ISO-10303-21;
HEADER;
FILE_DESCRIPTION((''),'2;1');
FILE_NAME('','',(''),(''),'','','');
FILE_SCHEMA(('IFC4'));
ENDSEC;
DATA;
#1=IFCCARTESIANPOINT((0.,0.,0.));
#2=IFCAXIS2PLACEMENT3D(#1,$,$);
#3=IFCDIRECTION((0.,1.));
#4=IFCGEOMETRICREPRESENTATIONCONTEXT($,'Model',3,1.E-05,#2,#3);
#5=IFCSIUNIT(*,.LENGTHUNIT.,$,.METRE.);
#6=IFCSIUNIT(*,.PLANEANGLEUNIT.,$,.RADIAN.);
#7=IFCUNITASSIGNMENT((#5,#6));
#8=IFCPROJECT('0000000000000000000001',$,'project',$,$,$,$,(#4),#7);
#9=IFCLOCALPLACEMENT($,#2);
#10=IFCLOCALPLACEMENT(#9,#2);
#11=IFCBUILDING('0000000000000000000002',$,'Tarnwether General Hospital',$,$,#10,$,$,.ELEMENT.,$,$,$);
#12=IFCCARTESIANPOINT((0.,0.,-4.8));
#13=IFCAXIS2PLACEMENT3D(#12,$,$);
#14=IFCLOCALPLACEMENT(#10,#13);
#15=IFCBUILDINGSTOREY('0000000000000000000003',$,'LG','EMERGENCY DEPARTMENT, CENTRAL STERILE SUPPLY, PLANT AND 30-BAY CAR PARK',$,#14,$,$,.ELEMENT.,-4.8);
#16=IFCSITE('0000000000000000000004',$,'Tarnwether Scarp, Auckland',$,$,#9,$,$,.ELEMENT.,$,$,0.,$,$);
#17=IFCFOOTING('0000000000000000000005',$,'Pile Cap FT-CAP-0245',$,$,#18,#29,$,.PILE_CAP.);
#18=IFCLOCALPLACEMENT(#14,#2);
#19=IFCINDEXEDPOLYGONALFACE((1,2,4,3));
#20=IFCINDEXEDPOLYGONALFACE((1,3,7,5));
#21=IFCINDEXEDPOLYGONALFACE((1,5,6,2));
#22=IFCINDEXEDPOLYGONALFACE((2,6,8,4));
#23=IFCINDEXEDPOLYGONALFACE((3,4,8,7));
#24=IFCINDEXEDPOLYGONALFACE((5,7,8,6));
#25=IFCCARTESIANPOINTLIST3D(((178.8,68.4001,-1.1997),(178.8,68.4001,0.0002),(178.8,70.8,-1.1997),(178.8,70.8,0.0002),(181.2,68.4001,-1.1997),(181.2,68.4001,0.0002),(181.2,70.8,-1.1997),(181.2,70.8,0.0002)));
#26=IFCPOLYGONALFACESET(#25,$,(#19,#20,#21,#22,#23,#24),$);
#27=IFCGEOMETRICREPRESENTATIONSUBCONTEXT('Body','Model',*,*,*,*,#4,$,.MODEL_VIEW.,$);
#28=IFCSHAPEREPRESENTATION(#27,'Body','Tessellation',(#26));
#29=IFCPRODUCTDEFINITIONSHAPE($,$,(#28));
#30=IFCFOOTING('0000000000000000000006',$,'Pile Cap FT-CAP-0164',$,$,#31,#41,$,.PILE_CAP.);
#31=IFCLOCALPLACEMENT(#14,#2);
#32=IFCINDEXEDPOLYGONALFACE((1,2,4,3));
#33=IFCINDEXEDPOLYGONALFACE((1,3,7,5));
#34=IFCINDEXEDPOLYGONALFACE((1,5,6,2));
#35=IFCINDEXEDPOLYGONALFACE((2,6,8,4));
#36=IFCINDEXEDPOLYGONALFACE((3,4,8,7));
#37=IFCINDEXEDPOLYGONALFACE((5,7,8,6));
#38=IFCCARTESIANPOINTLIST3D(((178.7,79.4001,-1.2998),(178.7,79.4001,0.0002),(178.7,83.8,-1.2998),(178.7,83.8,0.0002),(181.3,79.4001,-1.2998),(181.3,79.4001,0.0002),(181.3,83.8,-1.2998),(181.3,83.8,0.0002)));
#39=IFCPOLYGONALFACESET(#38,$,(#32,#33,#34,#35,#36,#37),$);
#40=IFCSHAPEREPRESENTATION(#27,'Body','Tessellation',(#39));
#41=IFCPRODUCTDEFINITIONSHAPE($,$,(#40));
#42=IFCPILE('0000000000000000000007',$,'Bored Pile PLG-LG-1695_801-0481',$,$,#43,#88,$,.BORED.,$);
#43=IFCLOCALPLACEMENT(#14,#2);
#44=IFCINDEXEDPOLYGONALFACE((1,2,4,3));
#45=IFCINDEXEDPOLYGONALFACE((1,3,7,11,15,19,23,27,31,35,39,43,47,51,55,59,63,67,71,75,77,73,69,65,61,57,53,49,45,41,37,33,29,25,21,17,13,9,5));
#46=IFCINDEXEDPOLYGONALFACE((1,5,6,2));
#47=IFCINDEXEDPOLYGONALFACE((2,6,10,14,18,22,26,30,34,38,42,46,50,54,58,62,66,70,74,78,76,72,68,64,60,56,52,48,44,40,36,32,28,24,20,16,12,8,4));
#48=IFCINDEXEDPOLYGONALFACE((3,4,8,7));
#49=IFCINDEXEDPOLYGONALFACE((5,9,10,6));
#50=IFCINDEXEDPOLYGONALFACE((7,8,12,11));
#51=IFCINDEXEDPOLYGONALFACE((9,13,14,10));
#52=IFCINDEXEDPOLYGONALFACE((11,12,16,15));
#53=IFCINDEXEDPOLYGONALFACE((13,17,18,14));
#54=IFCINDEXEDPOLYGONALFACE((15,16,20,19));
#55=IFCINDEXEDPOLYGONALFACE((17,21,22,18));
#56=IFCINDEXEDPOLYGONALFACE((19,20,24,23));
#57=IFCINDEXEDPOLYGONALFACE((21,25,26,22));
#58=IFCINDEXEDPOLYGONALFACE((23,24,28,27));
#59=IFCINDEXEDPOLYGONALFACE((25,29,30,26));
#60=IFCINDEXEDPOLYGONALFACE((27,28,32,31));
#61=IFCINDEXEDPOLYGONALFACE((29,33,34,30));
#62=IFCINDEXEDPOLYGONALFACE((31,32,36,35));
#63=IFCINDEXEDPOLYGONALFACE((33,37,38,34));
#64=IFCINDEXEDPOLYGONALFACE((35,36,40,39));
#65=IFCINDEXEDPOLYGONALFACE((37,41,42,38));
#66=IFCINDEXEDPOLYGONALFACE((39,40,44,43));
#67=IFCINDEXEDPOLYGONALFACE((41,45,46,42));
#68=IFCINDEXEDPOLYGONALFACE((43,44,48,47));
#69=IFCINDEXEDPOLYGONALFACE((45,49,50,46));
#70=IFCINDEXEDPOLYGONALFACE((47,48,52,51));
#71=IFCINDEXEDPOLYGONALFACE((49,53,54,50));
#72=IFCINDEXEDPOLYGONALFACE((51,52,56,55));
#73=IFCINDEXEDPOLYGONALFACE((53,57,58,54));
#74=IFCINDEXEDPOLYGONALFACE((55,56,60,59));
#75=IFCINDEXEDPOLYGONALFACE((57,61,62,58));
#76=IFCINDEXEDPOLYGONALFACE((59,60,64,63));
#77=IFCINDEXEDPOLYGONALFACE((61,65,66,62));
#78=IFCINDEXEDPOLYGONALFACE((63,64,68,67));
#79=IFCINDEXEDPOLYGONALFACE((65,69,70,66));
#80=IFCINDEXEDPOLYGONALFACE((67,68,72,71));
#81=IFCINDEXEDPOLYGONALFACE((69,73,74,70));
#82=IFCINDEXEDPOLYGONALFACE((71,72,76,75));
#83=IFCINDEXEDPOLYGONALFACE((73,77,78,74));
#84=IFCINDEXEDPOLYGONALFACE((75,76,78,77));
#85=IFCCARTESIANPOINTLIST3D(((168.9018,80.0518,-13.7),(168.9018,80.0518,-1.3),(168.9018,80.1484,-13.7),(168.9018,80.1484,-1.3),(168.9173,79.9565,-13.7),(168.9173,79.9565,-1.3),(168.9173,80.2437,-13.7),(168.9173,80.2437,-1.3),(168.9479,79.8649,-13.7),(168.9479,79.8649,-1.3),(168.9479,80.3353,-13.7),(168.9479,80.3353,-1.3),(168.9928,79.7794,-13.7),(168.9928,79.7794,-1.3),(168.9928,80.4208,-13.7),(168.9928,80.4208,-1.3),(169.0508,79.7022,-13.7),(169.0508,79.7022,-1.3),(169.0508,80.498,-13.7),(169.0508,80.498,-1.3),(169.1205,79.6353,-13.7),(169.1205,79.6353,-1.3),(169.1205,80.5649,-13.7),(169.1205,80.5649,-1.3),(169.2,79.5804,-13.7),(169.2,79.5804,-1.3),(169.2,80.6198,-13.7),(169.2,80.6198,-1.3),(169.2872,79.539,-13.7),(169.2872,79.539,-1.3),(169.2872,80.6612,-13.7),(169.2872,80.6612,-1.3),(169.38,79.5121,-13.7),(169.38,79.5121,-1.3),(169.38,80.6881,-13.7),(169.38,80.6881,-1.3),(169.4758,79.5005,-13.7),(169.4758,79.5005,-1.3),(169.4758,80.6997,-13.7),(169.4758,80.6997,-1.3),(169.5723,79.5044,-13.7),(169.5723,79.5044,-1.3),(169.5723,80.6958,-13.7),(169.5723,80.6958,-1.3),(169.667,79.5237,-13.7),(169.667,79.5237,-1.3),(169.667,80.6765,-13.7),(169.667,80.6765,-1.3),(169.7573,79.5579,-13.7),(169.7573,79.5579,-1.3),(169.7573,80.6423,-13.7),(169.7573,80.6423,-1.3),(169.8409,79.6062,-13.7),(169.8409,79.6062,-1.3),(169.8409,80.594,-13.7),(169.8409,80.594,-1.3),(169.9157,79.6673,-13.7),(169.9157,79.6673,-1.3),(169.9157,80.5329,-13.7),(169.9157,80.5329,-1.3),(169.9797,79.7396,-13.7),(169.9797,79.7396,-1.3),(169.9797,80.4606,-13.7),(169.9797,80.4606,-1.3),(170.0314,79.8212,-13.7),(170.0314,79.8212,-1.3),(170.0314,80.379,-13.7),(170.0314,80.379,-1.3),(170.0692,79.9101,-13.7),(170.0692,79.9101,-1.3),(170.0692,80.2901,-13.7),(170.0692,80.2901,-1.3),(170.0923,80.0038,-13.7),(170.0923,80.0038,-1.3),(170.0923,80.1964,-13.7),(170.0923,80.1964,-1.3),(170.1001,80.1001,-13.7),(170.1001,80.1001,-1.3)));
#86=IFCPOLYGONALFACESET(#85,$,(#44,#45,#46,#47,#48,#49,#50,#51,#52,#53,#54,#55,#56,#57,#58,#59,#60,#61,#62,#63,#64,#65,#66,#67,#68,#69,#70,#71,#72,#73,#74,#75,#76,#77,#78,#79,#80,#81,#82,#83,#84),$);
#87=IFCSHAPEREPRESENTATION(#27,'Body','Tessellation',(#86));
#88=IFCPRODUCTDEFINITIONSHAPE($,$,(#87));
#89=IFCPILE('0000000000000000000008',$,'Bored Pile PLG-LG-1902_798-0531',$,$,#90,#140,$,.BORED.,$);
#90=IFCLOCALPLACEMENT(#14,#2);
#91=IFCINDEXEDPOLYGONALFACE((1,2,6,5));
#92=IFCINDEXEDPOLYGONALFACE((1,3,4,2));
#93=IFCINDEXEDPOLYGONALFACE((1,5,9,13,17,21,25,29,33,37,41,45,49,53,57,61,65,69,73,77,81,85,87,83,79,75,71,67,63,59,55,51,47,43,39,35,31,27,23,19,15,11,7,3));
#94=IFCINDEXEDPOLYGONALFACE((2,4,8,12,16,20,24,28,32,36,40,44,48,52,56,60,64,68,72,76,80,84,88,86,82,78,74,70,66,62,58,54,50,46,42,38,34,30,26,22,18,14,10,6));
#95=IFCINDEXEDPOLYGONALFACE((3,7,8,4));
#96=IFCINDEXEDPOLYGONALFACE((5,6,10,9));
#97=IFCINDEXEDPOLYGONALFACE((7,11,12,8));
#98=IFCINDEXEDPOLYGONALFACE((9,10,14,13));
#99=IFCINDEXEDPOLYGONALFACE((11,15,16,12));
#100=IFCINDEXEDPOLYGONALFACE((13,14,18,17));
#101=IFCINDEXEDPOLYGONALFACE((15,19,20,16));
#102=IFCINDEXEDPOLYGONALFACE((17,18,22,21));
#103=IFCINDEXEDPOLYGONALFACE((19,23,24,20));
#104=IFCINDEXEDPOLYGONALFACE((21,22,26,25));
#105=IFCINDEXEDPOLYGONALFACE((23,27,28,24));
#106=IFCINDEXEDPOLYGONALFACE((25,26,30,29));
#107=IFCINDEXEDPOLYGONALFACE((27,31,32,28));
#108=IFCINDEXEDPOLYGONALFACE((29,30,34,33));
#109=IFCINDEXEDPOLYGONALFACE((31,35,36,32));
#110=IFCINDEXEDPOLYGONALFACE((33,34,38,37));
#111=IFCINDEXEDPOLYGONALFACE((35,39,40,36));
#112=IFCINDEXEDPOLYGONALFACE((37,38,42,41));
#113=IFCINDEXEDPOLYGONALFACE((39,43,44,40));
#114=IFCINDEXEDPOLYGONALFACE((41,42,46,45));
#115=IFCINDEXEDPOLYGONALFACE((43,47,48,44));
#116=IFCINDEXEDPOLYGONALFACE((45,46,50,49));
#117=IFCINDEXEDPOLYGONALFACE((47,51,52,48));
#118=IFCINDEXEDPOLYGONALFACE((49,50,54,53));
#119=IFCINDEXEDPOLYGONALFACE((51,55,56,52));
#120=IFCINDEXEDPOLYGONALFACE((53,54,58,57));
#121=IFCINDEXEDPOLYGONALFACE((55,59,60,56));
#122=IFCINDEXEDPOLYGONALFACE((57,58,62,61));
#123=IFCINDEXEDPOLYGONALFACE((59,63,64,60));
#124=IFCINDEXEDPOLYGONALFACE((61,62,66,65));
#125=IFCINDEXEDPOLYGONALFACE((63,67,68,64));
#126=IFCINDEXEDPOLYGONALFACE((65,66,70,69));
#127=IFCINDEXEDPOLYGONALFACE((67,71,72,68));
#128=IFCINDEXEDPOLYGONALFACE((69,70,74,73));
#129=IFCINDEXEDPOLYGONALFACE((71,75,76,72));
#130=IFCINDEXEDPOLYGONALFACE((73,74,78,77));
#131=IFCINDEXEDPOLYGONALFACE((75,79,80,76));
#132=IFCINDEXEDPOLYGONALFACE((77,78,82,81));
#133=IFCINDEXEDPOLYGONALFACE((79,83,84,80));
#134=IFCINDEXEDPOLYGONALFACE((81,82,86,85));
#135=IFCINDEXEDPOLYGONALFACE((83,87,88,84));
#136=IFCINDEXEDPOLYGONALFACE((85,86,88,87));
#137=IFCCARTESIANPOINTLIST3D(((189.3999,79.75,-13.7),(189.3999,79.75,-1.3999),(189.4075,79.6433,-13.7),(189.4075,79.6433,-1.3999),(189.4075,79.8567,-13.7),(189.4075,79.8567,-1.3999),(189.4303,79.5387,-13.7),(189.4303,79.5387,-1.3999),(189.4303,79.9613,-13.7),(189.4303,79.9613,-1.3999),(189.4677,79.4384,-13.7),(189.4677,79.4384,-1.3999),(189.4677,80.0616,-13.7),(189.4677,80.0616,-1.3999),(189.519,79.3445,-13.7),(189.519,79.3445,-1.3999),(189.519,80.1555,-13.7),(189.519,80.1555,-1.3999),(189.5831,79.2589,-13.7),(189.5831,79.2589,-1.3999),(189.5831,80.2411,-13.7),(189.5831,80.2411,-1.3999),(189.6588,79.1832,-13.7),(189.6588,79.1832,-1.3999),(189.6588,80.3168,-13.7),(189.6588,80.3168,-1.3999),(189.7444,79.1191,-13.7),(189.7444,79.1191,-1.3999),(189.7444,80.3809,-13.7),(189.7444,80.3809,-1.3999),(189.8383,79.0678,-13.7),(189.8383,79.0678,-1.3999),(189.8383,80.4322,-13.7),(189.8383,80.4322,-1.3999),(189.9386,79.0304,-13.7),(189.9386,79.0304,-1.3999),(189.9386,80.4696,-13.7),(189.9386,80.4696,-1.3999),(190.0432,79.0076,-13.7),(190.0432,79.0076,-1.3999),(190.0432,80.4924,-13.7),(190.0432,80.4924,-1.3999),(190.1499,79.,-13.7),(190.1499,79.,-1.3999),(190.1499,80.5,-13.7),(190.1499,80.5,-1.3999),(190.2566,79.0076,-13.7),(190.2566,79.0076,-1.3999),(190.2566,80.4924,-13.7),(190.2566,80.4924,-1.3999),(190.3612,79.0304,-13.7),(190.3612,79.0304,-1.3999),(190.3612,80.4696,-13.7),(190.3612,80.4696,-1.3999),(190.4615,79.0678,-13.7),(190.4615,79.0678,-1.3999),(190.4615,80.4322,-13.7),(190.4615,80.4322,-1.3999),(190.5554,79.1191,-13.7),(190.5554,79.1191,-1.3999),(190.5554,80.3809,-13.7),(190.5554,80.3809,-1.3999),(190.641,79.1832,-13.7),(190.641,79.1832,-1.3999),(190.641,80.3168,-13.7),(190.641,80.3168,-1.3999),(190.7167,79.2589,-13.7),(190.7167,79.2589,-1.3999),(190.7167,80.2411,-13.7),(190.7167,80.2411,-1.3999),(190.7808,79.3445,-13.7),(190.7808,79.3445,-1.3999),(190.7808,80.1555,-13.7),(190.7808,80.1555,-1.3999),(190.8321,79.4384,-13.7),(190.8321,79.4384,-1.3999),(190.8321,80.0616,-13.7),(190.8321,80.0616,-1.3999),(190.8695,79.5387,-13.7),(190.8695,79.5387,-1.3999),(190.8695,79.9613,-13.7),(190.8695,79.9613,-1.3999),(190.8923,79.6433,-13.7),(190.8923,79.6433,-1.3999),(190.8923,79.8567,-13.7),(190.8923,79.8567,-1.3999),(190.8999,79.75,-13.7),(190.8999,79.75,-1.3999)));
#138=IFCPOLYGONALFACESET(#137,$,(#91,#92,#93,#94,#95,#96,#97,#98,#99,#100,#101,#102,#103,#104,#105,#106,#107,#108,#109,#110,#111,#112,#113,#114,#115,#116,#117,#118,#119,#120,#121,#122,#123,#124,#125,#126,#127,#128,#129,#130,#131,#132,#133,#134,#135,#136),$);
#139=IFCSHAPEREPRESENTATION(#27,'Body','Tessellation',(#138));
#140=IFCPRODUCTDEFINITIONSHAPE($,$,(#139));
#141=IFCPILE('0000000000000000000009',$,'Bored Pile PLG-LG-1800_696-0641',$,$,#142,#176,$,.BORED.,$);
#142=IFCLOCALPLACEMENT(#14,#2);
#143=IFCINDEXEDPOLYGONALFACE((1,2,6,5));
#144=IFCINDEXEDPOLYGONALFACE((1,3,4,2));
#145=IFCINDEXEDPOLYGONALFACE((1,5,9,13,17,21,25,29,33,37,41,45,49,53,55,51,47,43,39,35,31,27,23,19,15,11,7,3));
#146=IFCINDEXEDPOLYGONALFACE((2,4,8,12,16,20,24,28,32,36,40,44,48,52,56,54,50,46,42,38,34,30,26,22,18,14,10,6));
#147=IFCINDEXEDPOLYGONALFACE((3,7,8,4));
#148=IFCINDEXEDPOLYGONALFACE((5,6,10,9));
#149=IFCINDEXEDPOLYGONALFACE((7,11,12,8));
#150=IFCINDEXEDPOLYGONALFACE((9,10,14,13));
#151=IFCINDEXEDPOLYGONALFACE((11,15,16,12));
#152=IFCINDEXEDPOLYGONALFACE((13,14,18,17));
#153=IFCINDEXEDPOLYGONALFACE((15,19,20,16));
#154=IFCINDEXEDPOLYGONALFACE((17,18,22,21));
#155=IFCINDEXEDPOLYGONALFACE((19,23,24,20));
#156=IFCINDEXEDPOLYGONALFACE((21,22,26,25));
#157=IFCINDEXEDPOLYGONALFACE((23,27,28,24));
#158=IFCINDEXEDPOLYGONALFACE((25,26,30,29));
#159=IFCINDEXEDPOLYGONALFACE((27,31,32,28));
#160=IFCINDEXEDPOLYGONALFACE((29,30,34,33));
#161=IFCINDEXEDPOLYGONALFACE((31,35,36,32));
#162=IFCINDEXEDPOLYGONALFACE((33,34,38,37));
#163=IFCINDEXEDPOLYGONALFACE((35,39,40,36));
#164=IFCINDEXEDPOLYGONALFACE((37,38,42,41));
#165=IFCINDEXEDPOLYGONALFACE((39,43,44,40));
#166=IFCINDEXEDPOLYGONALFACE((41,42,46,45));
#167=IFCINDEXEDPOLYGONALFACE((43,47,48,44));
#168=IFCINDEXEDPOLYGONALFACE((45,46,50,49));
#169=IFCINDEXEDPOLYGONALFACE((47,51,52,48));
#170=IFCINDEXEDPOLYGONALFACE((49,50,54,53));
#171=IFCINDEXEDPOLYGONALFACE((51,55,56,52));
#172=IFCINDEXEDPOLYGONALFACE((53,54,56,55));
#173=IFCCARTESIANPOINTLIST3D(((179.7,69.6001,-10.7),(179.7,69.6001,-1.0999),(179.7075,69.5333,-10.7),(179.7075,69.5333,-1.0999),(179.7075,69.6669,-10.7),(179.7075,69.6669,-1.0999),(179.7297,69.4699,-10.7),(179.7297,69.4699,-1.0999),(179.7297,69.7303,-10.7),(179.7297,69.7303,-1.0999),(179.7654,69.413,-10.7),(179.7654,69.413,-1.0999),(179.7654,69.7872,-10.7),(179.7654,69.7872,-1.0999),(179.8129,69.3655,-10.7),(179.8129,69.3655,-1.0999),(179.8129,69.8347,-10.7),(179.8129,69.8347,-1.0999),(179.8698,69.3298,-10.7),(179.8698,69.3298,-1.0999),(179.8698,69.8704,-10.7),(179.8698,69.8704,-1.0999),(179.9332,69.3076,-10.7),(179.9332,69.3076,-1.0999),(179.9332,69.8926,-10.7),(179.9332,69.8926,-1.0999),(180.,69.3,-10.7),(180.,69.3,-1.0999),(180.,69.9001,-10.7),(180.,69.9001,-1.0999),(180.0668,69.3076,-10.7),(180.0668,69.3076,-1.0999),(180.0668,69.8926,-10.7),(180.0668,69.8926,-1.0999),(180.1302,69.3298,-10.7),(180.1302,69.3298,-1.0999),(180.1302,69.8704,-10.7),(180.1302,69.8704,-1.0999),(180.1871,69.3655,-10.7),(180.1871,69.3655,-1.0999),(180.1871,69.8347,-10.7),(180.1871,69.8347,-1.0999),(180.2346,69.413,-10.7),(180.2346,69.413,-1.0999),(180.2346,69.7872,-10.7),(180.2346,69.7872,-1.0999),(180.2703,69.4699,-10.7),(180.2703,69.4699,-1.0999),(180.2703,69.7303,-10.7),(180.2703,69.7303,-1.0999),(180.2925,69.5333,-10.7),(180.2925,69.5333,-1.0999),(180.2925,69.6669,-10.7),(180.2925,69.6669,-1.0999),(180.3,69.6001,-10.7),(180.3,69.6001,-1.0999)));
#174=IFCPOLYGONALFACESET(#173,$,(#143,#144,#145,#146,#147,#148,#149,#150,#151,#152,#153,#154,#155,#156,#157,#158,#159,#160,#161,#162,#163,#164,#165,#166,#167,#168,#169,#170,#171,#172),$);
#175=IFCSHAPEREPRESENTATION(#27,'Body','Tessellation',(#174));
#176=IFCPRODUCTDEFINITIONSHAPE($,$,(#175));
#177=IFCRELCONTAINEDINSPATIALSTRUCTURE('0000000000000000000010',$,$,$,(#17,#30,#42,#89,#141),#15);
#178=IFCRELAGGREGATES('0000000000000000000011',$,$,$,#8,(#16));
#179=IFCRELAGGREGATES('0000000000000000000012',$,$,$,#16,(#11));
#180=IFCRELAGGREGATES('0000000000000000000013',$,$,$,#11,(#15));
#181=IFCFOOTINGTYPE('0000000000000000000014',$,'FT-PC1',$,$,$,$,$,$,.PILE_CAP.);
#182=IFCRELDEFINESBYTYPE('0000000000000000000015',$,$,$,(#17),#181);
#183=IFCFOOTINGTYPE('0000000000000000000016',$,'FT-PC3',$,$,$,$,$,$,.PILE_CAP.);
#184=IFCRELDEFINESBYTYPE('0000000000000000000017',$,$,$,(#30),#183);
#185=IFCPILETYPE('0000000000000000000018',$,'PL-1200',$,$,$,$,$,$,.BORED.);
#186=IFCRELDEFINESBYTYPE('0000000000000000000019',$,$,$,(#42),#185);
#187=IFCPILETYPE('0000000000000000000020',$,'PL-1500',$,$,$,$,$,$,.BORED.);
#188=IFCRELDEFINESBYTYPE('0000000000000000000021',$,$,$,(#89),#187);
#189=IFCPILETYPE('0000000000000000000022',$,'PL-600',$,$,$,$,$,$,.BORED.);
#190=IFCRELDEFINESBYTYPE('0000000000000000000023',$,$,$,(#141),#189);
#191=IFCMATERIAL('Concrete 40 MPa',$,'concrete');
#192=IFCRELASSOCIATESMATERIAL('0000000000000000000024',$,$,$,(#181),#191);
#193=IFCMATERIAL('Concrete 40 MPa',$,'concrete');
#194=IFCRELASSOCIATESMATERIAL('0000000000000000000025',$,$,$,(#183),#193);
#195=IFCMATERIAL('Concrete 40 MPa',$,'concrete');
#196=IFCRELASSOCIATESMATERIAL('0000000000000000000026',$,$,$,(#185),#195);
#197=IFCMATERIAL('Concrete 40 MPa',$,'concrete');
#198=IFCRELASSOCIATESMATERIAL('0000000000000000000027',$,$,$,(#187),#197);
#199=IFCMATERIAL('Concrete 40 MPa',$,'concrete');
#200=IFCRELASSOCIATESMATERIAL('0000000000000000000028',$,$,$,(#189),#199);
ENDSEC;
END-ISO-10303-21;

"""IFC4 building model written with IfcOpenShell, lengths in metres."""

from ifc_helpers import new_model, si_unit, direction, frame, origin, origin_2d, place, context, subcontext, project, spatial, rectangle, circle, extrude, material, material_profile, profile_set, type_object, element, save


model = new_model("IFC4")

# Units and contexts
model_context = context("Model", 3, precision=1e-05, world=origin(), true_north=direction((0.0, 1.0)))
body_context = subcontext(model_context, "Body", "Model", "MODEL_VIEW")
ifc_project = project(units=[si_unit("LENGTHUNIT", "METRE"), si_unit("PLANEANGLEUNIT", "RADIAN")], contexts=[model_context])

# Site, building, storey
site_placement = place(None, origin())
site = spatial("IfcSite", under=ifc_project, at=site_placement, Name="Tarnwether Scarp, Auckland", CompositionType="ELEMENT", RefElevation=0.0)
building_placement = place(site_placement, origin())
building = spatial("IfcBuilding", under=site, at=building_placement, Name="Tarnwether General Hospital", CompositionType="ELEMENT")
storey_placement = place(building_placement, frame((0.0, 0.0, -4.8)))
storey = spatial("IfcBuildingStorey", under=building, at=storey_placement, Name="LG", Description="EMERGENCY DEPARTMENT, CENTRAL STERILE SUPPLY, PLANT AND 30-BAY CAR PARK", CompositionType="ELEMENT", Elevation=-4.8)

# Footings
ifc_material_1 = material(Name="Concrete 40 MPa", Category="concrete")
footing_type_1 = type_object("IfcFootingType", Name="FT-PC1", PredefinedType="PILE_CAP", material=ifc_material_1)
footing_1_placement = place(storey_placement, frame((180.0, 69.6001, -1.1997), z_axis=(0.0, 0.0, 1.0), x_axis=(1.0, 0.0, 0.0)))
element("IfcFooting", 1, at=footing_1_placement, inside=storey, type_object=footing_type_1, Name="Pile Cap FT-CAP-0245", PredefinedType="PILE_CAP", context=body_context, shape_type="SweptSolid", body=[
    extrude(rectangle(XDim=2.3999, YDim=2.3999, at=origin_2d()), origin(), (0.0, 0.0, 1.0), 1.2),
])
ifc_material_2 = material(Name="Concrete 40 MPa", Category="concrete")
footing_type_2 = type_object("IfcFootingType", Name="FT-PC3", PredefinedType="PILE_CAP", material=ifc_material_2)
footing_2_placement = place(storey_placement, frame((180.0, 81.6001, -1.2998), z_axis=(0.0, 0.0, 1.0), x_axis=(0.0, 1.0, 0.0)))
element("IfcFooting", 2, at=footing_2_placement, inside=storey, type_object=footing_type_2, Name="Pile Cap FT-CAP-0164", PredefinedType="PILE_CAP", context=body_context, shape_type="SweptSolid", body=[
    extrude(rectangle(XDim=4.3999, YDim=2.6001, at=origin_2d()), origin(), (0.0, 0.0, 1.0), 1.3),
])

# Piles
ifc_material_3 = material(Name="Concrete 40 MPa", Category="concrete")
ifc_material_profile_1 = material_profile(ifc_material_3, circle(Radius=0.6001, at=origin_2d()), Name="PILE-D1200")
ifc_profile_set_1 = profile_set([ifc_material_profile_1], Name="Concrete 40 MPa")
pile_type_1 = type_object("IfcPileType", Name="PL-1200", PredefinedType="BORED", material=ifc_profile_set_1)
pile_1_placement = place(storey_placement, frame((169.5, 80.1001, -1.3), z_axis=(0.0, 0.0, -1.0), x_axis=(1.0, 0.0, 0.0)))
element("IfcPile", 3, at=pile_1_placement, inside=storey, type_object=pile_type_1, Name="Bored Pile PLG-LG-1695_801-0481", PredefinedType="BORED", context=body_context, shape_type="SweptSolid", body=[
    extrude(circle(Radius=0.6001, at=origin_2d()), origin(), (0.0, 0.0, 1.0), 12.3999),
])
ifc_material_4 = material(Name="Concrete 40 MPa", Category="concrete")
ifc_material_profile_2 = material_profile(ifc_material_4, circle(Radius=0.75, at=origin_2d()), Name="PILE-D1500")
ifc_profile_set_2 = profile_set([ifc_material_profile_2], Name="Concrete 40 MPa")
pile_type_2 = type_object("IfcPileType", Name="PL-1500", PredefinedType="BORED", material=ifc_profile_set_2)
pile_2_placement = place(storey_placement, frame((190.1499, 79.75, -1.3999), z_axis=(0.0, 0.0, -1.0), x_axis=(1.0, 0.0, 0.0)))
element("IfcPile", 4, at=pile_2_placement, inside=storey, type_object=pile_type_2, Name="Bored Pile PLG-LG-1902_798-0531", PredefinedType="BORED", context=body_context, shape_type="SweptSolid", body=[
    extrude(circle(Radius=0.75, at=origin_2d()), origin(), (0.0, 0.0, 1.0), 12.3),
])
ifc_material_5 = material(Name="Concrete 40 MPa", Category="concrete")
ifc_material_profile_3 = material_profile(ifc_material_5, circle(Radius=0.3, at=origin_2d()), Name="PILE-D600")
ifc_profile_set_3 = profile_set([ifc_material_profile_3], Name="Concrete 40 MPa")
pile_type_3 = type_object("IfcPileType", Name="PL-600", PredefinedType="BORED", material=ifc_profile_set_3)
pile_3_placement = place(storey_placement, frame((180.0, 69.6001, -1.0999), z_axis=(0.0, 0.0, -1.0), x_axis=(1.0, 0.0, 0.0)))
element("IfcPile", 5, at=pile_3_placement, inside=storey, type_object=pile_type_3, Name="Bored Pile PLG-LG-1800_696-0641", PredefinedType="BORED", context=body_context, shape_type="SweptSolid", body=[
    extrude(circle(Radius=0.3, at=origin_2d()), origin(), (0.0, 0.0, 1.0), 9.6001),
])

save(model, "model.ifc")
